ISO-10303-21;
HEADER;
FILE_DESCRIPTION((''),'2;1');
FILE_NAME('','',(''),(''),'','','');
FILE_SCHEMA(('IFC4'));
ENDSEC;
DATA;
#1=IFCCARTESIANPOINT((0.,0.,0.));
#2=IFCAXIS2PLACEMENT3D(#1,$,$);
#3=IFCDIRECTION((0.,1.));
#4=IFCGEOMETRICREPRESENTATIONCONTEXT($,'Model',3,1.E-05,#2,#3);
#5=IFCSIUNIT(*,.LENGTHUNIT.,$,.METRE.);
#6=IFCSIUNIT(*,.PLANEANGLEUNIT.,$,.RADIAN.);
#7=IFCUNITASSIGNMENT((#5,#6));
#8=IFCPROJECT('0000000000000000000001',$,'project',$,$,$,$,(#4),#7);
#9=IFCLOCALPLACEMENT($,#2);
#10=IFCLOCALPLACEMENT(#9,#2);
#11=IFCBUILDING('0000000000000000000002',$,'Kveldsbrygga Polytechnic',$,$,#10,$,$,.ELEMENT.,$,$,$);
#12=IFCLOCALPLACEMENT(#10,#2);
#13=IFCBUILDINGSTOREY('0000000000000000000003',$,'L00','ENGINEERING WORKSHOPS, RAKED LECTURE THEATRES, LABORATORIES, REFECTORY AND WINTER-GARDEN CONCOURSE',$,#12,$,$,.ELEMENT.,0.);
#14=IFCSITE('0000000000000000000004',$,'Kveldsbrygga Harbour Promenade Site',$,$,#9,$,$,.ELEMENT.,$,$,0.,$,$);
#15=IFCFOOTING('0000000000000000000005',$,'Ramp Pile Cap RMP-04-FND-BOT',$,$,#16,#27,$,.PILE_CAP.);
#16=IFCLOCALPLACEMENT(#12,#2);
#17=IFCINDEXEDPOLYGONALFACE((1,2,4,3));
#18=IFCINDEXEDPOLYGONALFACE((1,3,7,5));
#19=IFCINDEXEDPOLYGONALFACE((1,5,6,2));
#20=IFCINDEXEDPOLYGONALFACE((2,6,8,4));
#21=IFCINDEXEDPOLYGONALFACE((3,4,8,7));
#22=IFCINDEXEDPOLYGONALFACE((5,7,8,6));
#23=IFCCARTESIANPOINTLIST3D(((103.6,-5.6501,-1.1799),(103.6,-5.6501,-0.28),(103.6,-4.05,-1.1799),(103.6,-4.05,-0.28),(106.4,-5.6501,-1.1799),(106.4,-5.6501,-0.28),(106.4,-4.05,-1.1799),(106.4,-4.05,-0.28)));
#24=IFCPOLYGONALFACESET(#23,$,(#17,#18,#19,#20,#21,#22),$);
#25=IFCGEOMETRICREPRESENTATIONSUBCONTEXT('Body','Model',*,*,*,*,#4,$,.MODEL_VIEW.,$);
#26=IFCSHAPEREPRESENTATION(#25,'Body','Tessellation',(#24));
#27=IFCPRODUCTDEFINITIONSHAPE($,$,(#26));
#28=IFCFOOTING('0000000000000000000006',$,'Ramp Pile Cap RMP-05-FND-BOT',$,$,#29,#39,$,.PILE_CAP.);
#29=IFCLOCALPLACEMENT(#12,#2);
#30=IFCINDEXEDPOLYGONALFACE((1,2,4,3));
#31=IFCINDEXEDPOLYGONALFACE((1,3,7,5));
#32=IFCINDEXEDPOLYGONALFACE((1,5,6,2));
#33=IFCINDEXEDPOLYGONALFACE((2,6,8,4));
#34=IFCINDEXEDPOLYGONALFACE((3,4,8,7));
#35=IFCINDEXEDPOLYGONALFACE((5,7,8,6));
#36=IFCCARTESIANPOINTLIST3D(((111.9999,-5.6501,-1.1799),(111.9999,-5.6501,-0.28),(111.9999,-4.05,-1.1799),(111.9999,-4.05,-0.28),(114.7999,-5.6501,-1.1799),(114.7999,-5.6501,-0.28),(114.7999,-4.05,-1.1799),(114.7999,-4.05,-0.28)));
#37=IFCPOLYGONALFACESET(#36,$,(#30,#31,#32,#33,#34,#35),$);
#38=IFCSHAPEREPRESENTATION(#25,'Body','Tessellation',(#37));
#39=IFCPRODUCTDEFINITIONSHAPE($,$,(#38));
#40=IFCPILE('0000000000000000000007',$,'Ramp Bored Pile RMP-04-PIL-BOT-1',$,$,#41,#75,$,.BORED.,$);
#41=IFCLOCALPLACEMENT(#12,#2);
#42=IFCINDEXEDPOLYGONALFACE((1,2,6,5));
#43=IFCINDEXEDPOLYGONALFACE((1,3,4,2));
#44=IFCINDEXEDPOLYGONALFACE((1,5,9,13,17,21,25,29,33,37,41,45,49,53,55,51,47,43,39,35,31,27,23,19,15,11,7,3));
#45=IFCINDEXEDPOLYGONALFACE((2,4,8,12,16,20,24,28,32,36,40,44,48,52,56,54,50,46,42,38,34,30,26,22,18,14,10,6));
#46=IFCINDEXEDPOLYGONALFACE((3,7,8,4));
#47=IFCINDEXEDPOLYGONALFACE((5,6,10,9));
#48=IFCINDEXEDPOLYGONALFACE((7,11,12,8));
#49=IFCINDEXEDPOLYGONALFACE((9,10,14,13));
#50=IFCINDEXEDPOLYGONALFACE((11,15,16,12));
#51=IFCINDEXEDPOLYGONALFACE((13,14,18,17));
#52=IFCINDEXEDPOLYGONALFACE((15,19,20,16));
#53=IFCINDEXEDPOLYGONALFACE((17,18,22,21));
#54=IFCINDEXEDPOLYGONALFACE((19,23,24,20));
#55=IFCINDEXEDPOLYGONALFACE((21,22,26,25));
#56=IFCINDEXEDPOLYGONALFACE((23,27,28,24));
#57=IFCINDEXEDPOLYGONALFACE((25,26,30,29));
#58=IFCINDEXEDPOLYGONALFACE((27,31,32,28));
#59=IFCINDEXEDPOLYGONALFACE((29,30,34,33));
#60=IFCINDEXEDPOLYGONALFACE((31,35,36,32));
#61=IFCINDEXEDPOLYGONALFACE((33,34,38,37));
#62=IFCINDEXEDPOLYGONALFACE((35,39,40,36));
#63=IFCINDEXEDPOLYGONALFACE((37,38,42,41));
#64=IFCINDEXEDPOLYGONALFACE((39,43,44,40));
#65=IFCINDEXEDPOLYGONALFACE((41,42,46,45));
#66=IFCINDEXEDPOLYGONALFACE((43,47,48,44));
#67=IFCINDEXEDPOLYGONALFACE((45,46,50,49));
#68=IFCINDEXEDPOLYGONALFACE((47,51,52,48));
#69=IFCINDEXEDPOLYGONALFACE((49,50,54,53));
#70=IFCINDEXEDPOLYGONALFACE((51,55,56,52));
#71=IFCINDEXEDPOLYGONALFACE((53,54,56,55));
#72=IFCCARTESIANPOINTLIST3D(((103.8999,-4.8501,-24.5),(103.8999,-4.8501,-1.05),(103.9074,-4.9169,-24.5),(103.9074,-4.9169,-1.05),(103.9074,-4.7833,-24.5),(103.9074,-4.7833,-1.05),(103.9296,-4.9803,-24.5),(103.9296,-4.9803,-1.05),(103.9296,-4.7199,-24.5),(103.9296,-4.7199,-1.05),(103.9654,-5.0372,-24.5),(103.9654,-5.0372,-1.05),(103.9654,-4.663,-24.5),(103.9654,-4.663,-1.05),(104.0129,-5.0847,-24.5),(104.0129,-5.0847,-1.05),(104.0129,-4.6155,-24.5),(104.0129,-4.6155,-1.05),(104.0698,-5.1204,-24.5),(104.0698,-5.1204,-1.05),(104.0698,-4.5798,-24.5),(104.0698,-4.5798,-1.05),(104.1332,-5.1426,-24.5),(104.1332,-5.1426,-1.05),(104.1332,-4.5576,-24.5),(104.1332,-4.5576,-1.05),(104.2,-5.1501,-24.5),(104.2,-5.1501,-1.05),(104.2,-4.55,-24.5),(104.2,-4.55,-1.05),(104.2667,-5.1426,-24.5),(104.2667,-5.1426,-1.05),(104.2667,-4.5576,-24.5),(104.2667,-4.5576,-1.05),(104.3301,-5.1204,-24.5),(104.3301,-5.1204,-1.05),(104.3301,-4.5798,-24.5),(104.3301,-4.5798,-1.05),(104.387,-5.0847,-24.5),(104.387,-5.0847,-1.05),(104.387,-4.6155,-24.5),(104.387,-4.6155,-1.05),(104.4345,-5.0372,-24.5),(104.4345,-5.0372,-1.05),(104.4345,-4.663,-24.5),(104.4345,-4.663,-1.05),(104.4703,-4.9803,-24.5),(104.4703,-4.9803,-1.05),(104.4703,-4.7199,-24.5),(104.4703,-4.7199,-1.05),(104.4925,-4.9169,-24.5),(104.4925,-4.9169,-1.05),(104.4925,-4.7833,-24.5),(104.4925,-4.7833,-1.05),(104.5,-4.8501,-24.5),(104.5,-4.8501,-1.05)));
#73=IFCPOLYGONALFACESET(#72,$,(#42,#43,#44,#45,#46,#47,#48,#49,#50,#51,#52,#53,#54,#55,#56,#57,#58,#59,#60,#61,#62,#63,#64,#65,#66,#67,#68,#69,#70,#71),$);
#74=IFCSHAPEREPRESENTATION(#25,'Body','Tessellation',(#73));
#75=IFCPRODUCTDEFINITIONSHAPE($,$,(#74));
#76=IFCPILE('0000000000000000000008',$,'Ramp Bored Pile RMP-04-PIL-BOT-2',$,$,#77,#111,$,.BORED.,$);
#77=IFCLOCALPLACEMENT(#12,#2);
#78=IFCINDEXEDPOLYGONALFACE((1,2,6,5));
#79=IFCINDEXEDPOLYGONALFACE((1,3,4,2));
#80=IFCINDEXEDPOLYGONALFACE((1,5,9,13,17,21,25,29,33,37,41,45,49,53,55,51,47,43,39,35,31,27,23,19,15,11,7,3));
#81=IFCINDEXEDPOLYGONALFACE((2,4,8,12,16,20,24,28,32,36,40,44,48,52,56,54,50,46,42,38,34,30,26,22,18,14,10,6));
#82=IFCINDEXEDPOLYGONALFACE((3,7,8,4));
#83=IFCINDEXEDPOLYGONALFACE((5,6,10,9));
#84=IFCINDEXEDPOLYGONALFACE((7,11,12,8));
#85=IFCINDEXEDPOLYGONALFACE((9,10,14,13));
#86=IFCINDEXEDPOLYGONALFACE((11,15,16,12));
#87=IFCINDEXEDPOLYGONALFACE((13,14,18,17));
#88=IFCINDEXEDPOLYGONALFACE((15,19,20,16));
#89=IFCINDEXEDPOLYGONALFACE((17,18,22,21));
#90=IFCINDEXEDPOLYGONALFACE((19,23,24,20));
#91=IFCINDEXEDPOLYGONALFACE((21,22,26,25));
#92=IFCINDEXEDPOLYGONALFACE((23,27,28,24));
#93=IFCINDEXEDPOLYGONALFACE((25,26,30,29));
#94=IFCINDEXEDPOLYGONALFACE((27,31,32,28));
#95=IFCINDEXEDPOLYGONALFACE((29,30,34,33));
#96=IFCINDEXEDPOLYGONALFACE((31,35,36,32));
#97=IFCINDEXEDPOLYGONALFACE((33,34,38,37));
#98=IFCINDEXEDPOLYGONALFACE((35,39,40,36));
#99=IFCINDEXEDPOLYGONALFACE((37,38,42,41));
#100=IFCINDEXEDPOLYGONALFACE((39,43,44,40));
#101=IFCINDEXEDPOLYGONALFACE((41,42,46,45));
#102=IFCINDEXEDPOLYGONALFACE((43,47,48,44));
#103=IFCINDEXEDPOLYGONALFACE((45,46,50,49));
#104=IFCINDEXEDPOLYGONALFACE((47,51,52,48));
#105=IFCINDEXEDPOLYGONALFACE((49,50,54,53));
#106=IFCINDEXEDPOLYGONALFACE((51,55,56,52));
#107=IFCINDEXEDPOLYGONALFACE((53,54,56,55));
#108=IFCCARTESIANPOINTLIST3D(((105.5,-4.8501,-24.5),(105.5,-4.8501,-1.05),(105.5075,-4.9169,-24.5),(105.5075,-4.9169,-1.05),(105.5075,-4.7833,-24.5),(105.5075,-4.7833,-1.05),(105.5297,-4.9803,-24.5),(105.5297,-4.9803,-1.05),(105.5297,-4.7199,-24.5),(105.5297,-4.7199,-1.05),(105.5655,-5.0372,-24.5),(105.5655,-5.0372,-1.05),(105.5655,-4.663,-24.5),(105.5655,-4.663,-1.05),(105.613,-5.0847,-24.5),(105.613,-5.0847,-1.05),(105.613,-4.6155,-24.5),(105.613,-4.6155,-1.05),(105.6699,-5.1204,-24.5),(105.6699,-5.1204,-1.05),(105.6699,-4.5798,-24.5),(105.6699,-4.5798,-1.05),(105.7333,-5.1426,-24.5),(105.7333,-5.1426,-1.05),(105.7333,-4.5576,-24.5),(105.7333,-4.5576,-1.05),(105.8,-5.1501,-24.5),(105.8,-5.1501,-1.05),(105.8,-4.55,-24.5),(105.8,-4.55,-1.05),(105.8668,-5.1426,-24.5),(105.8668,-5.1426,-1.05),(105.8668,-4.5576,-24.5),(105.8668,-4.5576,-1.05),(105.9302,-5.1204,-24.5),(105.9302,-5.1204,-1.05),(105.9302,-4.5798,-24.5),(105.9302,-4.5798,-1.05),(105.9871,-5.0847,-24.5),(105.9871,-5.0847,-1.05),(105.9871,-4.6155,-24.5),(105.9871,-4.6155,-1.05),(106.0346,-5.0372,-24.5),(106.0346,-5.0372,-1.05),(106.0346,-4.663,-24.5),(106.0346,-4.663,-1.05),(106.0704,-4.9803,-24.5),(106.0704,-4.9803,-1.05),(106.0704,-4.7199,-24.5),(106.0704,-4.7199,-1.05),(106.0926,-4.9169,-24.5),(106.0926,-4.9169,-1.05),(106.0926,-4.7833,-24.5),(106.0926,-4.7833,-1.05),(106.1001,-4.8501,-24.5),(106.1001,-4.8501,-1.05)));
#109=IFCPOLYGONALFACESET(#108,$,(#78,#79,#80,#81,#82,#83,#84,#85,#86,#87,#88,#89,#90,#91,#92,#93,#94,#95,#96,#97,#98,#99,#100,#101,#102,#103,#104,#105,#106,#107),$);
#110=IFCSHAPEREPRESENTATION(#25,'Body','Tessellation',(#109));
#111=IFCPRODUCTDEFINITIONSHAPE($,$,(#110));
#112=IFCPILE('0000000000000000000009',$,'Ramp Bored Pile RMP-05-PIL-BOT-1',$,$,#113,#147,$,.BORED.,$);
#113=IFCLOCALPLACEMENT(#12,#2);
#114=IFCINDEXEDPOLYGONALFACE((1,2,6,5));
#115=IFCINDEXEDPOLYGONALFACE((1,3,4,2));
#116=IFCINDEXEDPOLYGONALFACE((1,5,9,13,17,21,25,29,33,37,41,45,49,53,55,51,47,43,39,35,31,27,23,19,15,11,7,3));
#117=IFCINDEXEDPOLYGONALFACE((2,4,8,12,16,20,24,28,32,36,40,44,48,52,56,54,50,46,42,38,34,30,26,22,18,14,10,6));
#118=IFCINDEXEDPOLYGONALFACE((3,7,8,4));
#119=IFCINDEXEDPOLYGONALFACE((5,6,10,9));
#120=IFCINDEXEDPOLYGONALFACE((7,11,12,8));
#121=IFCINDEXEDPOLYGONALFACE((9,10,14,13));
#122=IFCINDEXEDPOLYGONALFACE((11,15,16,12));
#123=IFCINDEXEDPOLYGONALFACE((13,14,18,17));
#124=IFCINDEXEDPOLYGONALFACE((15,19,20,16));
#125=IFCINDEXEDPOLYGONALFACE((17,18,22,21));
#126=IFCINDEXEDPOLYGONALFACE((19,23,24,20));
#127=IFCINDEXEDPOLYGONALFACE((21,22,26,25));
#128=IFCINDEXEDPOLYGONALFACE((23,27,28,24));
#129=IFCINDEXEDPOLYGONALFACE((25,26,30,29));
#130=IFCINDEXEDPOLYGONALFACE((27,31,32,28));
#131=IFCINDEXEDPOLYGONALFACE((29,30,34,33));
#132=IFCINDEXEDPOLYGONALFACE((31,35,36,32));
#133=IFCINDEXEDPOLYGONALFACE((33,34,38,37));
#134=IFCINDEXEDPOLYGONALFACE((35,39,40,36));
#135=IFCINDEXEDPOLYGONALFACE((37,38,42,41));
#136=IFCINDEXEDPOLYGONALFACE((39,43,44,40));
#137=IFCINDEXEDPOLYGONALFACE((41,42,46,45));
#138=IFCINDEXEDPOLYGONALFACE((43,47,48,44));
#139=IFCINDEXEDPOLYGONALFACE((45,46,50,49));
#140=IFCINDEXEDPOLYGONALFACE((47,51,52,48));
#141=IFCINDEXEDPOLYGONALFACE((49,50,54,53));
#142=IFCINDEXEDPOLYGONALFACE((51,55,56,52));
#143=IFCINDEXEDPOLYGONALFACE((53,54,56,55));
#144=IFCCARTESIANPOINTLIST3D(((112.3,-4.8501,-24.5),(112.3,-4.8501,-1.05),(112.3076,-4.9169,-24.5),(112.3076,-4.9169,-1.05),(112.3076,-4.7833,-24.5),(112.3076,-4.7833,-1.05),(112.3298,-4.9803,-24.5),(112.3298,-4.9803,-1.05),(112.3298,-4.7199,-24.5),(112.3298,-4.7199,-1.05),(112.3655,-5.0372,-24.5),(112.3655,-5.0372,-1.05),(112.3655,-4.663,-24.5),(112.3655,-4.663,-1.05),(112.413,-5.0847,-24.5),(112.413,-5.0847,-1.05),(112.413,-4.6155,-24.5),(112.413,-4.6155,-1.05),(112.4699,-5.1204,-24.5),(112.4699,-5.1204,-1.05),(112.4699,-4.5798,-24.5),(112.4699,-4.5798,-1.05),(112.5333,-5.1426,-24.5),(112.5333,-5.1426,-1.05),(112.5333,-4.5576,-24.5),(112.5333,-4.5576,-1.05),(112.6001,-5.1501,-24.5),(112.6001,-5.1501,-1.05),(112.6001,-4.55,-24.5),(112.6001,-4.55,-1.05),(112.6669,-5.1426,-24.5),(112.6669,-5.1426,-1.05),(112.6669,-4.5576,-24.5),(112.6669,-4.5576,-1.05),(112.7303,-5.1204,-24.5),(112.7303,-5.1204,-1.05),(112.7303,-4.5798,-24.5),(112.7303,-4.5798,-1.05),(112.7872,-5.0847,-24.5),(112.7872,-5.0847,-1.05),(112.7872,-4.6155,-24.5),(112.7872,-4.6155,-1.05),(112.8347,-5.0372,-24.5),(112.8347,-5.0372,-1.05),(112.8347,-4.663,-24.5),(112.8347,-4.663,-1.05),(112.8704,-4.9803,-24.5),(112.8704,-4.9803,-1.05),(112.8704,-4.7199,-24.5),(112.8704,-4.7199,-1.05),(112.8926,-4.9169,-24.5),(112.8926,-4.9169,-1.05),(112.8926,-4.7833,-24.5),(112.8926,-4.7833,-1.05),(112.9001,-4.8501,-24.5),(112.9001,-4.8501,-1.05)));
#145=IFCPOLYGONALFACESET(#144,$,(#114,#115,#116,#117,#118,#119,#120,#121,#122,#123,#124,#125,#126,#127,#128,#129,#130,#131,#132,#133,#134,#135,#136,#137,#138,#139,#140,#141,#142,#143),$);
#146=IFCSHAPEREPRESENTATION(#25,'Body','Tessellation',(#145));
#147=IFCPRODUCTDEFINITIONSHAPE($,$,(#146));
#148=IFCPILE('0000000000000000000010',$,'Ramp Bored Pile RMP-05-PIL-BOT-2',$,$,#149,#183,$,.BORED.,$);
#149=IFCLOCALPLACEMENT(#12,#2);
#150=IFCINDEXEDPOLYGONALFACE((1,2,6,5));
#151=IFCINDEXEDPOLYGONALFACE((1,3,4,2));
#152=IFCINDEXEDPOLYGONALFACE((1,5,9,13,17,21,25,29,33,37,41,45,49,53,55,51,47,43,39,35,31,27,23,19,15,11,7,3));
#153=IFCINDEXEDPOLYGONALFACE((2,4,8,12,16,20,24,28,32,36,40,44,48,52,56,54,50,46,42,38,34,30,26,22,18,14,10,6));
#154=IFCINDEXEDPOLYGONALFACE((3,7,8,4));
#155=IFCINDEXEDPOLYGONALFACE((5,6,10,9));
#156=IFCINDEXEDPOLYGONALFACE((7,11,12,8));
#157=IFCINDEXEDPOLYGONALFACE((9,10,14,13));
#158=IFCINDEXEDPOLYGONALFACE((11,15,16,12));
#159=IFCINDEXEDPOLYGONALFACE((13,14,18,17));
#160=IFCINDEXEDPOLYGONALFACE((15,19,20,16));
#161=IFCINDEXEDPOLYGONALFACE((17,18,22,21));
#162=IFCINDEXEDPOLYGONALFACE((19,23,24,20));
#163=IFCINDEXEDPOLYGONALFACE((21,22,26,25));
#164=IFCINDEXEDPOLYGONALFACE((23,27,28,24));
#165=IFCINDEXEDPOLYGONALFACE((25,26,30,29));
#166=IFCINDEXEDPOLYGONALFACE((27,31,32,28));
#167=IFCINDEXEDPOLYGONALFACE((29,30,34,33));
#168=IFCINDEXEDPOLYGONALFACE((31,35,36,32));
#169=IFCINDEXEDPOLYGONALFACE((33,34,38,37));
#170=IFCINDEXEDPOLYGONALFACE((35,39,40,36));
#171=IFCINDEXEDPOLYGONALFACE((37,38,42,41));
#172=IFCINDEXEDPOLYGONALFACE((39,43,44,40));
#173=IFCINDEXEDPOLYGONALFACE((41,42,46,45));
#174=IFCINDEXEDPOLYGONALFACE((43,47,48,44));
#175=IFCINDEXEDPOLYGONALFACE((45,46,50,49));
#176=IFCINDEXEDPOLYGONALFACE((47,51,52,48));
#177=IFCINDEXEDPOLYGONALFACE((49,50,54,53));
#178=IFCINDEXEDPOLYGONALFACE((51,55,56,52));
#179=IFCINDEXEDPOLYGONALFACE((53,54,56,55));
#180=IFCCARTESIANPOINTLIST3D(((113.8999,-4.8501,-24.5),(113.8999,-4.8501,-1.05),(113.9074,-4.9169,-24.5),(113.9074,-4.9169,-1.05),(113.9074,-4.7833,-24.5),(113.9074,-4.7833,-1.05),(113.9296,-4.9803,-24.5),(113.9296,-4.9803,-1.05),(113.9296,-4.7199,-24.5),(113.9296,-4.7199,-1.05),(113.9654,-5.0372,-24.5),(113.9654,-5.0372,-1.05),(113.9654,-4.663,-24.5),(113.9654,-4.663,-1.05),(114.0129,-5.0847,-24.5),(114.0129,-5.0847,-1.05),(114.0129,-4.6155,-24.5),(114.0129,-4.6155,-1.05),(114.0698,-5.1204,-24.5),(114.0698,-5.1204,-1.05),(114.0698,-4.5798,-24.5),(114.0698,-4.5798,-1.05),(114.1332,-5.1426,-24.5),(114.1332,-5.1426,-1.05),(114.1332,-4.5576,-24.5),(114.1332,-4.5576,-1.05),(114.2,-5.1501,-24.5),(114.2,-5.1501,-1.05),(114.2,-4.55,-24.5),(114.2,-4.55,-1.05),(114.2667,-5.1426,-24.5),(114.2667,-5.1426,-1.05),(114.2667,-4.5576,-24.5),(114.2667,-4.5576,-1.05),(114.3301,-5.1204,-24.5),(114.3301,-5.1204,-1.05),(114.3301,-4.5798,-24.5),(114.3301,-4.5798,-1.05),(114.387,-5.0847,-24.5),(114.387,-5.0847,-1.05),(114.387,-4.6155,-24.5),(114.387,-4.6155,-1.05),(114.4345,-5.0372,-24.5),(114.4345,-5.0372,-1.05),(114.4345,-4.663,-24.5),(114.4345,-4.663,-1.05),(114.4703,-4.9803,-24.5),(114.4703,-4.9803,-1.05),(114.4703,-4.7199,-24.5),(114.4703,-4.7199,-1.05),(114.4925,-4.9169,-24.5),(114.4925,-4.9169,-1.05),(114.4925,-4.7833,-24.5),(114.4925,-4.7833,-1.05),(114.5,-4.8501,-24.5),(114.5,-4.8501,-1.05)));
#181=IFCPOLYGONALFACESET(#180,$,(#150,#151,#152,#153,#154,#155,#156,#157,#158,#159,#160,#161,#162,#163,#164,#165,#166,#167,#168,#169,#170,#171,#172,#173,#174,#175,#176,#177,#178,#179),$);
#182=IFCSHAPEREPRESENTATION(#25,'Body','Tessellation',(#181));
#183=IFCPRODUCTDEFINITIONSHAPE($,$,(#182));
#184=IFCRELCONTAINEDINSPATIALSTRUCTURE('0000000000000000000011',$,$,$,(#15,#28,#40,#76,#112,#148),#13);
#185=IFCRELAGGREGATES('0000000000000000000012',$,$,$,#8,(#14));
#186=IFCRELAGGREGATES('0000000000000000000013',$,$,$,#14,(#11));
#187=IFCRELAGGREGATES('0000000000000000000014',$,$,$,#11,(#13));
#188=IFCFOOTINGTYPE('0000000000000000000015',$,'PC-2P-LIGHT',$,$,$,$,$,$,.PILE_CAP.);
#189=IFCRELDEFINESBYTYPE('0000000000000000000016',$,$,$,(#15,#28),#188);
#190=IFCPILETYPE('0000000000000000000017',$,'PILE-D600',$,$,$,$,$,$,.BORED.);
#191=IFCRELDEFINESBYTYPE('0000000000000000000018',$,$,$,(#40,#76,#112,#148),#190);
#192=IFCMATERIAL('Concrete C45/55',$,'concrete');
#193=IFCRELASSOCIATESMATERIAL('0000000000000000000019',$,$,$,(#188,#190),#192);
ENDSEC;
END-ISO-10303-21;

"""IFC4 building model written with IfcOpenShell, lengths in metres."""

from ifc_helpers import new_model, si_unit, direction, frame, origin, origin_2d, place, context, subcontext, project, spatial, rectangle, circle, extrude, material, material_profile, profile_set, type_object, element, save


model = new_model("IFC4")

# Units and contexts
model_context = context("Model", 3, precision=1e-05, world=origin(), true_north=direction((0.0, 1.0)))
body_context = subcontext(model_context, "Body", "Model", "MODEL_VIEW")
ifc_project = project(units=[si_unit("LENGTHUNIT", "METRE"), si_unit("PLANEANGLEUNIT", "RADIAN")], contexts=[model_context])

# Site, building, storey
site_placement = place(None, origin())
site = spatial("IfcSite", under=ifc_project, at=site_placement, Name="Kveldsbrygga Harbour Promenade Site", CompositionType="ELEMENT", RefElevation=0.0)
building_placement = place(site_placement, origin())
building = spatial("IfcBuilding", under=site, at=building_placement, Name="Kveldsbrygga Polytechnic", CompositionType="ELEMENT")
storey_placement = place(building_placement, origin())
storey = spatial("IfcBuildingStorey", under=building, at=storey_placement, Name="L00", Description="ENGINEERING WORKSHOPS, RAKED LECTURE THEATRES, LABORATORIES, REFECTORY AND WINTER-GARDEN CONCOURSE", CompositionType="ELEMENT", Elevation=0.0)

# Footings
ifc_material_1 = material(Name="Concrete C45/55", Category="concrete")
footing_type = type_object("IfcFootingType", Name="PC-2P-LIGHT", PredefinedType="PILE_CAP", material=ifc_material_1)
for number, where, z_axis, x_axis, name in (
    (1, (105.0, -4.8501, -1.1799), (0.0, 0.0, 1.0), (1.0, 0.0, 0.0), "Ramp Pile Cap RMP-04-FND-BOT"),
    (2, (113.3999, -4.8501, -1.1799), (0.0, 0.0, 1.0), (1.0, 0.0, 0.0), "Ramp Pile Cap RMP-05-FND-BOT"),
):
    element("IfcFooting", number, at=place(storey_placement, frame(where, z_axis=z_axis, x_axis=x_axis)), inside=storey, type_object=footing_type, Name=name, PredefinedType="PILE_CAP", context=body_context, shape_type="SweptSolid", body=[
        extrude(rectangle(XDim=2.8, YDim=1.6001, at=origin_2d()), origin(), (0.0, 0.0, 1.0), 0.8999),
    ])

# Piles
ifc_material_profile_1 = material_profile(ifc_material_1, circle(Radius=0.3, at=origin_2d()), Name="PILE D600")
ifc_profile_set_1 = profile_set([ifc_material_profile_1], Name="Concrete C45/55")
pile_type = type_object("IfcPileType", Name="PILE-D600", PredefinedType="BORED", material=ifc_profile_set_1)
for number, where, z_axis, x_axis, name in (
    (3, (104.2, -4.8501, -1.05), (0.0, 0.0, -1.0), (1.0, 0.0, 0.0), "Ramp Bored Pile RMP-04-PIL-BOT-1"),
    (4, (105.8, -4.8501, -1.05), (0.0, 0.0, -1.0), (1.0, 0.0, 0.0), "Ramp Bored Pile RMP-04-PIL-BOT-2"),
    (5, (112.6001, -4.8501, -1.05), (0.0, 0.0, -1.0), (1.0, 0.0, 0.0), "Ramp Bored Pile RMP-05-PIL-BOT-1"),
    (6, (114.2, -4.8501, -1.05), (0.0, 0.0, -1.0), (1.0, 0.0, 0.0), "Ramp Bored Pile RMP-05-PIL-BOT-2"),
):
    element("IfcPile", number, at=place(storey_placement, frame(where, z_axis=z_axis, x_axis=x_axis)), inside=storey, type_object=pile_type, Name=name, PredefinedType="BORED", context=body_context, shape_type="SweptSolid", body=[
        extrude(circle(Radius=0.3, at=origin_2d()), origin(), (0.0, 0.0, 1.0), 23.45),
    ])

save(model, "model.ifc")
